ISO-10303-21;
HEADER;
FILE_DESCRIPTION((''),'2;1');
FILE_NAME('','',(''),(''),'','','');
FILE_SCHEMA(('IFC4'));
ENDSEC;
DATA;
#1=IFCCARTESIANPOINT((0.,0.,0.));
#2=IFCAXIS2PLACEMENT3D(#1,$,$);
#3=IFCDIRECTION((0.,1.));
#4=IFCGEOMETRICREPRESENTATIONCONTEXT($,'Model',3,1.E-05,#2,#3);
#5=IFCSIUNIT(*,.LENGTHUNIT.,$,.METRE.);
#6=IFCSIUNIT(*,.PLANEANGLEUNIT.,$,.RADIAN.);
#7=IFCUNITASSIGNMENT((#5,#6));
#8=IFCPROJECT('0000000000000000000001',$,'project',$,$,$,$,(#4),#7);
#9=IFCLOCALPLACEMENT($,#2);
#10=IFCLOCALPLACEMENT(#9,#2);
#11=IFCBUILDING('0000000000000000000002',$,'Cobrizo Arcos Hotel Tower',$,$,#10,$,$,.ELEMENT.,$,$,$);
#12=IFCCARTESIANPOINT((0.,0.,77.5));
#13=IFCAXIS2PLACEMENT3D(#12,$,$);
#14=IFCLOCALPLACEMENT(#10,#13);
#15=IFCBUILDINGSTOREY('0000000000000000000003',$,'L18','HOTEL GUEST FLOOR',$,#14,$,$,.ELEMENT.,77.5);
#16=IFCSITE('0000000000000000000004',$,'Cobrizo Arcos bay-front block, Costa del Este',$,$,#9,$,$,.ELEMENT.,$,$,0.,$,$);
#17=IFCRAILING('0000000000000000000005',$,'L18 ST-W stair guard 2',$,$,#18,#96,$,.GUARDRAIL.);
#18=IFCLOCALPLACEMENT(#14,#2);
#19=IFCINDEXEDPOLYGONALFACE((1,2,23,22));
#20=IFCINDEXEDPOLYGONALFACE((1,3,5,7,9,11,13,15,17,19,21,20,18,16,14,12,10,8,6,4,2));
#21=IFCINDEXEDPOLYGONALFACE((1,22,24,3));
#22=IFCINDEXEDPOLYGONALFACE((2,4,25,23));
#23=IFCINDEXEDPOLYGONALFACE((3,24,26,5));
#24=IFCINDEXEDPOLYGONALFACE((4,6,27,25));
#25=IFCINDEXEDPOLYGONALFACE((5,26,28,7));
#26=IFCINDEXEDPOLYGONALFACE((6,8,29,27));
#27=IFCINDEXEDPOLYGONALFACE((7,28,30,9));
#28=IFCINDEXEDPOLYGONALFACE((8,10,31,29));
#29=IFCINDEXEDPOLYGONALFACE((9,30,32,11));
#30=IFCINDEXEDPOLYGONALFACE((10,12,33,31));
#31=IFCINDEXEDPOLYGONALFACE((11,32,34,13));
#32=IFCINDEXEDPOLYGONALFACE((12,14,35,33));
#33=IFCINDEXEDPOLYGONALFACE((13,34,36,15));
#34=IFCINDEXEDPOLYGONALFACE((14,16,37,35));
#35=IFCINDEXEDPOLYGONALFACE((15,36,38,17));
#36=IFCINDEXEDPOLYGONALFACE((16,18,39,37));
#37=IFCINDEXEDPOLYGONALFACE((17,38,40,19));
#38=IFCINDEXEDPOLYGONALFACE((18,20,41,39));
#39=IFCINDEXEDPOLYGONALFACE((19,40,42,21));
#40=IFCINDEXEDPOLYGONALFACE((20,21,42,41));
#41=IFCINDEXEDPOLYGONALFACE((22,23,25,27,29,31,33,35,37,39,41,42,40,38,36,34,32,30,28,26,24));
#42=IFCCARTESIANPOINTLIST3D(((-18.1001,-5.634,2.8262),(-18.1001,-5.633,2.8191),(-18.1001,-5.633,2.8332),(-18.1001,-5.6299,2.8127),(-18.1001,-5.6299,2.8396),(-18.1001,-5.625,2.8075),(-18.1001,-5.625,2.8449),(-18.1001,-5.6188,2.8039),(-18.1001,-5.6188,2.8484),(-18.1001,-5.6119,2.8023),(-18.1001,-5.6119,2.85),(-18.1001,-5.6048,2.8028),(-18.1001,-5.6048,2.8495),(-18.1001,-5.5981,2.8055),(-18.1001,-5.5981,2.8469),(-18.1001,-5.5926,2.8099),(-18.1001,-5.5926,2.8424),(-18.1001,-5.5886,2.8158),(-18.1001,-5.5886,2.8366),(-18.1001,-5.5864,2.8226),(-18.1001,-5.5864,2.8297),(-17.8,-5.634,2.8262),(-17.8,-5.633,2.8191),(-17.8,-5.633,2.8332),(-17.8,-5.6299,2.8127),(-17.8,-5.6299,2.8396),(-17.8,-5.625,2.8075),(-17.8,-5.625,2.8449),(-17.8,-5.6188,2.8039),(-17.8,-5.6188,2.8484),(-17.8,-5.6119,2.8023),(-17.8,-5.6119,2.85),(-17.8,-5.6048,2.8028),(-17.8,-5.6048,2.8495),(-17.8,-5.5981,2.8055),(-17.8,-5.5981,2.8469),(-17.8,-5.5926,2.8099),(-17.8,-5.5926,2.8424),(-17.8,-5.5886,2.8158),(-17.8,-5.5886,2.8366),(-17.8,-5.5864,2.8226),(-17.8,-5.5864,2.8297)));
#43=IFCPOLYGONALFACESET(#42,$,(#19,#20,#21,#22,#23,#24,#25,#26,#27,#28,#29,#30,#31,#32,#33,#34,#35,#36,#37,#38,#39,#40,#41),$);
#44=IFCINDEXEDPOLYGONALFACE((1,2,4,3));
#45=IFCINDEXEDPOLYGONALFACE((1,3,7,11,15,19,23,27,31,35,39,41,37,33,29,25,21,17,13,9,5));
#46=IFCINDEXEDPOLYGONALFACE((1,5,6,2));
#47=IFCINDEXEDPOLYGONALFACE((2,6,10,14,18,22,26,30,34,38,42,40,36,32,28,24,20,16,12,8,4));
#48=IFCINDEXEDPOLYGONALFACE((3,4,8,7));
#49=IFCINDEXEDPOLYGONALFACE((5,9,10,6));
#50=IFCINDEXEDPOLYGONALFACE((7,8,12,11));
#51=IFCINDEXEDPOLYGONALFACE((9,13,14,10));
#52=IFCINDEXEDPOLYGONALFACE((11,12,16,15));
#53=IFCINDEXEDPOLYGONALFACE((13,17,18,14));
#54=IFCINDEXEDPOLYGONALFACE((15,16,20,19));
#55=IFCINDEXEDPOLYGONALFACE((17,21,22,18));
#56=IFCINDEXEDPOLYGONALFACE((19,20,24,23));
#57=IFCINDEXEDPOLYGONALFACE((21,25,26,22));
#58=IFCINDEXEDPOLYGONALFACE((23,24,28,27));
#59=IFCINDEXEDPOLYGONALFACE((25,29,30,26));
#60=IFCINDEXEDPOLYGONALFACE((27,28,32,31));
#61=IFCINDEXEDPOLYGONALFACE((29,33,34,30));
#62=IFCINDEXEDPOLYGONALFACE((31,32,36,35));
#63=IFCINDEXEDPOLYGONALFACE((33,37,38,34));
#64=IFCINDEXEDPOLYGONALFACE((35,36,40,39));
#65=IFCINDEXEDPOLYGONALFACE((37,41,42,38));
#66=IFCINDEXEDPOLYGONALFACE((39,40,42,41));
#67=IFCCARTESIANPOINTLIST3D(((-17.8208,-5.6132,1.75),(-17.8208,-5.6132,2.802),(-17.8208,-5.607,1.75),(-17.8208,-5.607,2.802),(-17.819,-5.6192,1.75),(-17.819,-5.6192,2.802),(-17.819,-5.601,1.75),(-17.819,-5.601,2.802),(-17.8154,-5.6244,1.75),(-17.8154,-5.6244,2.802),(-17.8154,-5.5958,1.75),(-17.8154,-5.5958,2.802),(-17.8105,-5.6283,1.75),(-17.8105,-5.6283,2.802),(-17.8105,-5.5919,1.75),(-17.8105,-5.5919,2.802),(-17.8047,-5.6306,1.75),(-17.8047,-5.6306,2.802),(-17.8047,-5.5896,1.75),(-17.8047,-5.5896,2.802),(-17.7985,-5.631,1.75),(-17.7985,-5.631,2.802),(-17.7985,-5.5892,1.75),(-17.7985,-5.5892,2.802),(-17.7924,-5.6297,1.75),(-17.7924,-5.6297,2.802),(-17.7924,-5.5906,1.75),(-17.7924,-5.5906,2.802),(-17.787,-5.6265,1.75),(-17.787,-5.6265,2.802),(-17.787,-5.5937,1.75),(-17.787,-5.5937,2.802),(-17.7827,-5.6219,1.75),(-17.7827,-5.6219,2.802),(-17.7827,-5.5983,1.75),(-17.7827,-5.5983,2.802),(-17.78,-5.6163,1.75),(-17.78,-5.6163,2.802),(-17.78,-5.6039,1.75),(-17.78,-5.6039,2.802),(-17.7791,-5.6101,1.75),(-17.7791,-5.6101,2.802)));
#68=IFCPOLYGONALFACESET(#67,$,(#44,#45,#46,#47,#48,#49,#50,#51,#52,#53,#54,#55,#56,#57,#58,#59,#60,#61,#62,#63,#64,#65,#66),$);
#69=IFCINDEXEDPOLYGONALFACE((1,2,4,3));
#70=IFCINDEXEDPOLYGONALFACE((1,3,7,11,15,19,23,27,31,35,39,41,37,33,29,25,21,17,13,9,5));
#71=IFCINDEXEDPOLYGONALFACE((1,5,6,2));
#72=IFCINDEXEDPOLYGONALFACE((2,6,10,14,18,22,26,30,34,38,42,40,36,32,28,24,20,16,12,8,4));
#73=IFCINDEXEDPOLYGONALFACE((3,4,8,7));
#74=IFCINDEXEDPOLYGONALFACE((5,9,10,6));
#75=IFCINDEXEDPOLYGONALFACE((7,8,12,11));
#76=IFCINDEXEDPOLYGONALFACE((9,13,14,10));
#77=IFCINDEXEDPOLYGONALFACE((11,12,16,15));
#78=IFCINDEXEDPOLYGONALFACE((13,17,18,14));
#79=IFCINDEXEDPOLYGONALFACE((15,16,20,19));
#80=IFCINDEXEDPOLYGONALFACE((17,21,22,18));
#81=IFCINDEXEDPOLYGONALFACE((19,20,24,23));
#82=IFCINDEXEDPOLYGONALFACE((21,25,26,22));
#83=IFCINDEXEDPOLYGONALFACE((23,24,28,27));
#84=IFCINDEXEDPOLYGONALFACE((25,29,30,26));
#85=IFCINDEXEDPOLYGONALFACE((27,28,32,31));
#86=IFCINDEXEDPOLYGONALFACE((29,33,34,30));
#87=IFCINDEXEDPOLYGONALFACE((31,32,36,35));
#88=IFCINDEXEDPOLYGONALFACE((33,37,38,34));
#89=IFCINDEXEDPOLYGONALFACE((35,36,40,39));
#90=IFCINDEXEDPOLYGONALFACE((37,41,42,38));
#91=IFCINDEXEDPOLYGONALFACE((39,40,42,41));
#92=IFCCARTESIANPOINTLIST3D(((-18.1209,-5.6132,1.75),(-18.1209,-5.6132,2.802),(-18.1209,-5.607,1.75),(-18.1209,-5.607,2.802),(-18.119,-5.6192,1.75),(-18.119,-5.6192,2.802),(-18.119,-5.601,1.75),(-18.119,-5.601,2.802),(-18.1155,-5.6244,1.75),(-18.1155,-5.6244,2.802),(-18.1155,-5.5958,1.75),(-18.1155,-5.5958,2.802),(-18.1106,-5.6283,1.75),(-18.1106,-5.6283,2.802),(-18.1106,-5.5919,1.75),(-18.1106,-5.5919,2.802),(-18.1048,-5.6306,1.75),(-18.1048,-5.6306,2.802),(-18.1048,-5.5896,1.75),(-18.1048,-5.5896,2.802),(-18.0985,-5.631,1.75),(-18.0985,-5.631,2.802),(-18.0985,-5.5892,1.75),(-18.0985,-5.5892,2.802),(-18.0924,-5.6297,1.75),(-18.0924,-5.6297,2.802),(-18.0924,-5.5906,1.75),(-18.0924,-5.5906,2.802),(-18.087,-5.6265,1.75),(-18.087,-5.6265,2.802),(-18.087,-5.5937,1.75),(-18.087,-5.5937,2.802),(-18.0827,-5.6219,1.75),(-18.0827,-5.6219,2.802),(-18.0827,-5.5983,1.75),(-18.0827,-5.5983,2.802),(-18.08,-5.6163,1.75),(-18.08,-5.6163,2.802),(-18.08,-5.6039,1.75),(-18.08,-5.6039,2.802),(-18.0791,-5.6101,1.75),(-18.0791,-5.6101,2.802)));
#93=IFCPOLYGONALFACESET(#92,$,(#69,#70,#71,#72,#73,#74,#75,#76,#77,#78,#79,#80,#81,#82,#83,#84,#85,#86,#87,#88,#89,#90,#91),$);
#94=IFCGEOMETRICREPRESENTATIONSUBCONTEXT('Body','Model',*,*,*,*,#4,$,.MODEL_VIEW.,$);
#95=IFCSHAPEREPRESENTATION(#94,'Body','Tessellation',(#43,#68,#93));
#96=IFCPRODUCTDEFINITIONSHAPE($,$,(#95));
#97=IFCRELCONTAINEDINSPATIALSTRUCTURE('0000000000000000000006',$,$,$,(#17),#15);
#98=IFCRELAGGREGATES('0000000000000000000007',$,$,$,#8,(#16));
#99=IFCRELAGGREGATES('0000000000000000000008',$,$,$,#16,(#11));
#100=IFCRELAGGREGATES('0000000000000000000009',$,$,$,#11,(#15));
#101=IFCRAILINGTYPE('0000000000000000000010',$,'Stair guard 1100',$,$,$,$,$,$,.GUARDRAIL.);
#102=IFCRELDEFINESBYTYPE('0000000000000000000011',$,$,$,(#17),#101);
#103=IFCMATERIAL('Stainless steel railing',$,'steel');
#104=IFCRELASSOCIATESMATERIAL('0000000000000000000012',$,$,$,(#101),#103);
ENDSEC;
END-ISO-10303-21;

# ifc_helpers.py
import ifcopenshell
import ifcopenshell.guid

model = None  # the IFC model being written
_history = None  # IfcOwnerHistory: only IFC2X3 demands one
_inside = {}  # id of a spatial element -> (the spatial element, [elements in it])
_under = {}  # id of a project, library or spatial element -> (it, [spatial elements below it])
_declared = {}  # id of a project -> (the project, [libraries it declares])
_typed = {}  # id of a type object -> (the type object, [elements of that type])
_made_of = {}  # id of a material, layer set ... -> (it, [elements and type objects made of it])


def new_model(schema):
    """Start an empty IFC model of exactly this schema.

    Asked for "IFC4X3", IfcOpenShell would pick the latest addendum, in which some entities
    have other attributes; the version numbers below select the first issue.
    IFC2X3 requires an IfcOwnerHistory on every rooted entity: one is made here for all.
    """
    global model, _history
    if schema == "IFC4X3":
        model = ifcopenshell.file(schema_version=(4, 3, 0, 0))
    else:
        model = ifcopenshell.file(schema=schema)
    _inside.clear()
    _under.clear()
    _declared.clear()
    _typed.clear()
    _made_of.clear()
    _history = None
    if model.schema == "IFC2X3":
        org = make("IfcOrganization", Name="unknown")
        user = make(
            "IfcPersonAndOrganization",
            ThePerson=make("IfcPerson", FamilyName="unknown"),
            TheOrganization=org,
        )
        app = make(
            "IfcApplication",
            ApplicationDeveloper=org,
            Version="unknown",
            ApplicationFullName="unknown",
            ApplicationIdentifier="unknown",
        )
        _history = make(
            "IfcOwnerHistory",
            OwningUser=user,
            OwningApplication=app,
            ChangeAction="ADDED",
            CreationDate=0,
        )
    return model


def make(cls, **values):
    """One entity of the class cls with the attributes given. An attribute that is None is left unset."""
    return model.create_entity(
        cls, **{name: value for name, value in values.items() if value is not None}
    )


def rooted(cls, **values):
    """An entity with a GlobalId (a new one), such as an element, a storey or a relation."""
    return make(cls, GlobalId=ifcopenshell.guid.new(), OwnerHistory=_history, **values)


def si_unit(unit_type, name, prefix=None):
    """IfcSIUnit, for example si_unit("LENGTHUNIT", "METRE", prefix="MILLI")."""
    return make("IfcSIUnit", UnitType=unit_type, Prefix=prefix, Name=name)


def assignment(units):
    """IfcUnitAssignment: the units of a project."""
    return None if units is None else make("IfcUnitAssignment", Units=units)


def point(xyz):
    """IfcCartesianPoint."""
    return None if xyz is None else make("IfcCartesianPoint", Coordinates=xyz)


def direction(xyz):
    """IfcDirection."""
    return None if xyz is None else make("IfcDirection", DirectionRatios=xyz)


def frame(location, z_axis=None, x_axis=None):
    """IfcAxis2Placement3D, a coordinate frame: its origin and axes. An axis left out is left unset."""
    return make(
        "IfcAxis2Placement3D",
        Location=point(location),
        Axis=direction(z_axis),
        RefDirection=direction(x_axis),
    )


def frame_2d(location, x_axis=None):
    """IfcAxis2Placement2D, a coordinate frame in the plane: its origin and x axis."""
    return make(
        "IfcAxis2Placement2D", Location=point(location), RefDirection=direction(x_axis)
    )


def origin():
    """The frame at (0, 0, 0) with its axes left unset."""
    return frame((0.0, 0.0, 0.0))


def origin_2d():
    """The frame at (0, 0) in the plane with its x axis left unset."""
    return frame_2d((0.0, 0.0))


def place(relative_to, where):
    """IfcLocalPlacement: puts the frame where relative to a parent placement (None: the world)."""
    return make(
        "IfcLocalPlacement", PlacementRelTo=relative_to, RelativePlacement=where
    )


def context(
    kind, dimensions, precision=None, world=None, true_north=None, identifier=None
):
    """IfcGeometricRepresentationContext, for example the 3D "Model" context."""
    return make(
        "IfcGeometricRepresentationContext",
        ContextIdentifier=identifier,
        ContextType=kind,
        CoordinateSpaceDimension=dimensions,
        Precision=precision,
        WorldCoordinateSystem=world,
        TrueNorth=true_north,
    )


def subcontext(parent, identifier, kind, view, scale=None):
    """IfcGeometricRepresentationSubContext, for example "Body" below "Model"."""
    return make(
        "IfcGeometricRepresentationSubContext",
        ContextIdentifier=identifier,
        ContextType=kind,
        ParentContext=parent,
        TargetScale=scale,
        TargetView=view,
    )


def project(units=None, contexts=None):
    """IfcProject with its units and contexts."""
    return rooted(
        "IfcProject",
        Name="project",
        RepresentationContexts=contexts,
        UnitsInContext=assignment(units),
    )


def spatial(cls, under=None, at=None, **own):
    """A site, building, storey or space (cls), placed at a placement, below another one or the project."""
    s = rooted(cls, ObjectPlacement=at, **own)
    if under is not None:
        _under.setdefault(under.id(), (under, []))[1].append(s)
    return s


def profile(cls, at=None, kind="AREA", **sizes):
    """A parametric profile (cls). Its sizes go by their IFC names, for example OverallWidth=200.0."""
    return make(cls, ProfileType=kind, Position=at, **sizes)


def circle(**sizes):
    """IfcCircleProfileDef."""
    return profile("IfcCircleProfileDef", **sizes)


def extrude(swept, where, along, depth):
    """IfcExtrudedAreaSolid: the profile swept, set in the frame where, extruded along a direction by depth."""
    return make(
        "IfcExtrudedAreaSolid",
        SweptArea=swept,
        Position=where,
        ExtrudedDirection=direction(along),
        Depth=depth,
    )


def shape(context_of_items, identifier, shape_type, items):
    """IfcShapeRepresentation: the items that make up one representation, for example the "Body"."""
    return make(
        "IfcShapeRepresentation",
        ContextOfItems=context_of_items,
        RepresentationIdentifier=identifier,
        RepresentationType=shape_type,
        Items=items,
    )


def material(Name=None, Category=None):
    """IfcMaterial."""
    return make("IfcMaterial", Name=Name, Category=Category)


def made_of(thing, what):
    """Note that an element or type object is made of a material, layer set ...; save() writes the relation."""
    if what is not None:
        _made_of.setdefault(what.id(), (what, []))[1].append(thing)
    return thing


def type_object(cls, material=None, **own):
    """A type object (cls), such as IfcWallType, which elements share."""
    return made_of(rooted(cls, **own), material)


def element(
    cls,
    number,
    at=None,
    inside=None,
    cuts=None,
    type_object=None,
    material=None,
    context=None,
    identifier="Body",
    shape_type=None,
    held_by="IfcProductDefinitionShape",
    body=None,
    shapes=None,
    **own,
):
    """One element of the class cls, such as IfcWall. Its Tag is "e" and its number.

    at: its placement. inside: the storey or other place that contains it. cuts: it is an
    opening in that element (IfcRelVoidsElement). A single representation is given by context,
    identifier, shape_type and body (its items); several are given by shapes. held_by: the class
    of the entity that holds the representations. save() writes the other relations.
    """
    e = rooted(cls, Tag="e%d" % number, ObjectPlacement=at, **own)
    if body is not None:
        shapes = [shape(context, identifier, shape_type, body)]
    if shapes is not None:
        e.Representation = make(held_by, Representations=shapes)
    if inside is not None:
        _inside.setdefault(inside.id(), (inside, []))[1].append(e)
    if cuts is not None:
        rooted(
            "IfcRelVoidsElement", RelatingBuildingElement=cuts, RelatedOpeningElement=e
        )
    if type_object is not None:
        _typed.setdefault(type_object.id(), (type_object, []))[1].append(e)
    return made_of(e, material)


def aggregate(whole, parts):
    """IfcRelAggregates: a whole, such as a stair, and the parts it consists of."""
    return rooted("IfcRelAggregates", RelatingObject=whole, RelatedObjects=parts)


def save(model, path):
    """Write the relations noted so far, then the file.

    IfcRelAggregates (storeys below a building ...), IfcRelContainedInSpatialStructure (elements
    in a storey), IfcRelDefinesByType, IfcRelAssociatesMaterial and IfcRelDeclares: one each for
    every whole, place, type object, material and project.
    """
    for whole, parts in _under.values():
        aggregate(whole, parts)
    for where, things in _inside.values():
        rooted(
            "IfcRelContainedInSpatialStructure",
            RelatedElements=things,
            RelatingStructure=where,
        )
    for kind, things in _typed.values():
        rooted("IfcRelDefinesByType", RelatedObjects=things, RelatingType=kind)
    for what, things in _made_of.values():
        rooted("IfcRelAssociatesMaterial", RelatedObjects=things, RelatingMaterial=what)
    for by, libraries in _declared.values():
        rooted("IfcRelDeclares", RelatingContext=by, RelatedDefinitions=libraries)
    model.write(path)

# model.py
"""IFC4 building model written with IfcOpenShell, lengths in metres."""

from ifc_helpers import new_model, si_unit, direction, frame, origin, origin_2d, place, context, subcontext, project, spatial, circle, extrude, material, type_object, element, save


model = new_model("IFC4")

# Units and contexts
model_context = context("Model", 3, precision=1e-05, world=origin(), true_north=direction((0.0, 1.0)))
body_context = subcontext(model_context, "Body", "Model", "MODEL_VIEW")
ifc_project = project(units=[si_unit("LENGTHUNIT", "METRE"), si_unit("PLANEANGLEUNIT", "RADIAN")], contexts=[model_context])

# Site, building, storey
site_placement = place(None, origin())
site = spatial("IfcSite", under=ifc_project, at=site_placement, Name="Cobrizo Arcos bay-front block, Costa del Este", CompositionType="ELEMENT", RefElevation=0.0)
building_placement = place(site_placement, origin())
building = spatial("IfcBuilding", under=site, at=building_placement, Name="Cobrizo Arcos Hotel Tower", CompositionType="ELEMENT")
storey_placement = place(building_placement, frame((0.0, 0.0, 77.5)))
storey = spatial("IfcBuildingStorey", under=building, at=storey_placement, Name="L18", Description="HOTEL GUEST FLOOR", CompositionType="ELEMENT", Elevation=77.5)

# Railing
ifc_material_1 = material(Name="Stainless steel railing", Category="steel")
railing_type_1 = type_object("IfcRailingType", Name="Stair guard 1100", PredefinedType="GUARDRAIL", material=ifc_material_1)
railing_1_placement = place(storey_placement, frame((-17.8, -5.6101, 1.75)))
element("IfcRailing", 1, at=railing_1_placement, inside=storey, type_object=railing_type_1, Name="L18 ST-W stair guard 2", PredefinedType="GUARDRAIL", context=body_context, shape_type="SweptSolid", body=[
    extrude(circle(Radius=0.0239, at=origin_2d()), frame((0.0, 0.0, 1.0762), z_axis=(-1.0, 0.0, 0.0), x_axis=(0.0, -1.0, 0.0)), (0.0, 0.0, 1.0), 0.3),
    extrude(circle(Radius=0.021, at=origin_2d()), origin(), (0.0, 0.0, 1.0), 1.052),
    extrude(circle(Radius=0.021, at=origin_2d()), frame((-0.3, 0.0, 0.0)), (0.0, 0.0, 1.0), 1.052),
])

save(model, "model.ifc")
